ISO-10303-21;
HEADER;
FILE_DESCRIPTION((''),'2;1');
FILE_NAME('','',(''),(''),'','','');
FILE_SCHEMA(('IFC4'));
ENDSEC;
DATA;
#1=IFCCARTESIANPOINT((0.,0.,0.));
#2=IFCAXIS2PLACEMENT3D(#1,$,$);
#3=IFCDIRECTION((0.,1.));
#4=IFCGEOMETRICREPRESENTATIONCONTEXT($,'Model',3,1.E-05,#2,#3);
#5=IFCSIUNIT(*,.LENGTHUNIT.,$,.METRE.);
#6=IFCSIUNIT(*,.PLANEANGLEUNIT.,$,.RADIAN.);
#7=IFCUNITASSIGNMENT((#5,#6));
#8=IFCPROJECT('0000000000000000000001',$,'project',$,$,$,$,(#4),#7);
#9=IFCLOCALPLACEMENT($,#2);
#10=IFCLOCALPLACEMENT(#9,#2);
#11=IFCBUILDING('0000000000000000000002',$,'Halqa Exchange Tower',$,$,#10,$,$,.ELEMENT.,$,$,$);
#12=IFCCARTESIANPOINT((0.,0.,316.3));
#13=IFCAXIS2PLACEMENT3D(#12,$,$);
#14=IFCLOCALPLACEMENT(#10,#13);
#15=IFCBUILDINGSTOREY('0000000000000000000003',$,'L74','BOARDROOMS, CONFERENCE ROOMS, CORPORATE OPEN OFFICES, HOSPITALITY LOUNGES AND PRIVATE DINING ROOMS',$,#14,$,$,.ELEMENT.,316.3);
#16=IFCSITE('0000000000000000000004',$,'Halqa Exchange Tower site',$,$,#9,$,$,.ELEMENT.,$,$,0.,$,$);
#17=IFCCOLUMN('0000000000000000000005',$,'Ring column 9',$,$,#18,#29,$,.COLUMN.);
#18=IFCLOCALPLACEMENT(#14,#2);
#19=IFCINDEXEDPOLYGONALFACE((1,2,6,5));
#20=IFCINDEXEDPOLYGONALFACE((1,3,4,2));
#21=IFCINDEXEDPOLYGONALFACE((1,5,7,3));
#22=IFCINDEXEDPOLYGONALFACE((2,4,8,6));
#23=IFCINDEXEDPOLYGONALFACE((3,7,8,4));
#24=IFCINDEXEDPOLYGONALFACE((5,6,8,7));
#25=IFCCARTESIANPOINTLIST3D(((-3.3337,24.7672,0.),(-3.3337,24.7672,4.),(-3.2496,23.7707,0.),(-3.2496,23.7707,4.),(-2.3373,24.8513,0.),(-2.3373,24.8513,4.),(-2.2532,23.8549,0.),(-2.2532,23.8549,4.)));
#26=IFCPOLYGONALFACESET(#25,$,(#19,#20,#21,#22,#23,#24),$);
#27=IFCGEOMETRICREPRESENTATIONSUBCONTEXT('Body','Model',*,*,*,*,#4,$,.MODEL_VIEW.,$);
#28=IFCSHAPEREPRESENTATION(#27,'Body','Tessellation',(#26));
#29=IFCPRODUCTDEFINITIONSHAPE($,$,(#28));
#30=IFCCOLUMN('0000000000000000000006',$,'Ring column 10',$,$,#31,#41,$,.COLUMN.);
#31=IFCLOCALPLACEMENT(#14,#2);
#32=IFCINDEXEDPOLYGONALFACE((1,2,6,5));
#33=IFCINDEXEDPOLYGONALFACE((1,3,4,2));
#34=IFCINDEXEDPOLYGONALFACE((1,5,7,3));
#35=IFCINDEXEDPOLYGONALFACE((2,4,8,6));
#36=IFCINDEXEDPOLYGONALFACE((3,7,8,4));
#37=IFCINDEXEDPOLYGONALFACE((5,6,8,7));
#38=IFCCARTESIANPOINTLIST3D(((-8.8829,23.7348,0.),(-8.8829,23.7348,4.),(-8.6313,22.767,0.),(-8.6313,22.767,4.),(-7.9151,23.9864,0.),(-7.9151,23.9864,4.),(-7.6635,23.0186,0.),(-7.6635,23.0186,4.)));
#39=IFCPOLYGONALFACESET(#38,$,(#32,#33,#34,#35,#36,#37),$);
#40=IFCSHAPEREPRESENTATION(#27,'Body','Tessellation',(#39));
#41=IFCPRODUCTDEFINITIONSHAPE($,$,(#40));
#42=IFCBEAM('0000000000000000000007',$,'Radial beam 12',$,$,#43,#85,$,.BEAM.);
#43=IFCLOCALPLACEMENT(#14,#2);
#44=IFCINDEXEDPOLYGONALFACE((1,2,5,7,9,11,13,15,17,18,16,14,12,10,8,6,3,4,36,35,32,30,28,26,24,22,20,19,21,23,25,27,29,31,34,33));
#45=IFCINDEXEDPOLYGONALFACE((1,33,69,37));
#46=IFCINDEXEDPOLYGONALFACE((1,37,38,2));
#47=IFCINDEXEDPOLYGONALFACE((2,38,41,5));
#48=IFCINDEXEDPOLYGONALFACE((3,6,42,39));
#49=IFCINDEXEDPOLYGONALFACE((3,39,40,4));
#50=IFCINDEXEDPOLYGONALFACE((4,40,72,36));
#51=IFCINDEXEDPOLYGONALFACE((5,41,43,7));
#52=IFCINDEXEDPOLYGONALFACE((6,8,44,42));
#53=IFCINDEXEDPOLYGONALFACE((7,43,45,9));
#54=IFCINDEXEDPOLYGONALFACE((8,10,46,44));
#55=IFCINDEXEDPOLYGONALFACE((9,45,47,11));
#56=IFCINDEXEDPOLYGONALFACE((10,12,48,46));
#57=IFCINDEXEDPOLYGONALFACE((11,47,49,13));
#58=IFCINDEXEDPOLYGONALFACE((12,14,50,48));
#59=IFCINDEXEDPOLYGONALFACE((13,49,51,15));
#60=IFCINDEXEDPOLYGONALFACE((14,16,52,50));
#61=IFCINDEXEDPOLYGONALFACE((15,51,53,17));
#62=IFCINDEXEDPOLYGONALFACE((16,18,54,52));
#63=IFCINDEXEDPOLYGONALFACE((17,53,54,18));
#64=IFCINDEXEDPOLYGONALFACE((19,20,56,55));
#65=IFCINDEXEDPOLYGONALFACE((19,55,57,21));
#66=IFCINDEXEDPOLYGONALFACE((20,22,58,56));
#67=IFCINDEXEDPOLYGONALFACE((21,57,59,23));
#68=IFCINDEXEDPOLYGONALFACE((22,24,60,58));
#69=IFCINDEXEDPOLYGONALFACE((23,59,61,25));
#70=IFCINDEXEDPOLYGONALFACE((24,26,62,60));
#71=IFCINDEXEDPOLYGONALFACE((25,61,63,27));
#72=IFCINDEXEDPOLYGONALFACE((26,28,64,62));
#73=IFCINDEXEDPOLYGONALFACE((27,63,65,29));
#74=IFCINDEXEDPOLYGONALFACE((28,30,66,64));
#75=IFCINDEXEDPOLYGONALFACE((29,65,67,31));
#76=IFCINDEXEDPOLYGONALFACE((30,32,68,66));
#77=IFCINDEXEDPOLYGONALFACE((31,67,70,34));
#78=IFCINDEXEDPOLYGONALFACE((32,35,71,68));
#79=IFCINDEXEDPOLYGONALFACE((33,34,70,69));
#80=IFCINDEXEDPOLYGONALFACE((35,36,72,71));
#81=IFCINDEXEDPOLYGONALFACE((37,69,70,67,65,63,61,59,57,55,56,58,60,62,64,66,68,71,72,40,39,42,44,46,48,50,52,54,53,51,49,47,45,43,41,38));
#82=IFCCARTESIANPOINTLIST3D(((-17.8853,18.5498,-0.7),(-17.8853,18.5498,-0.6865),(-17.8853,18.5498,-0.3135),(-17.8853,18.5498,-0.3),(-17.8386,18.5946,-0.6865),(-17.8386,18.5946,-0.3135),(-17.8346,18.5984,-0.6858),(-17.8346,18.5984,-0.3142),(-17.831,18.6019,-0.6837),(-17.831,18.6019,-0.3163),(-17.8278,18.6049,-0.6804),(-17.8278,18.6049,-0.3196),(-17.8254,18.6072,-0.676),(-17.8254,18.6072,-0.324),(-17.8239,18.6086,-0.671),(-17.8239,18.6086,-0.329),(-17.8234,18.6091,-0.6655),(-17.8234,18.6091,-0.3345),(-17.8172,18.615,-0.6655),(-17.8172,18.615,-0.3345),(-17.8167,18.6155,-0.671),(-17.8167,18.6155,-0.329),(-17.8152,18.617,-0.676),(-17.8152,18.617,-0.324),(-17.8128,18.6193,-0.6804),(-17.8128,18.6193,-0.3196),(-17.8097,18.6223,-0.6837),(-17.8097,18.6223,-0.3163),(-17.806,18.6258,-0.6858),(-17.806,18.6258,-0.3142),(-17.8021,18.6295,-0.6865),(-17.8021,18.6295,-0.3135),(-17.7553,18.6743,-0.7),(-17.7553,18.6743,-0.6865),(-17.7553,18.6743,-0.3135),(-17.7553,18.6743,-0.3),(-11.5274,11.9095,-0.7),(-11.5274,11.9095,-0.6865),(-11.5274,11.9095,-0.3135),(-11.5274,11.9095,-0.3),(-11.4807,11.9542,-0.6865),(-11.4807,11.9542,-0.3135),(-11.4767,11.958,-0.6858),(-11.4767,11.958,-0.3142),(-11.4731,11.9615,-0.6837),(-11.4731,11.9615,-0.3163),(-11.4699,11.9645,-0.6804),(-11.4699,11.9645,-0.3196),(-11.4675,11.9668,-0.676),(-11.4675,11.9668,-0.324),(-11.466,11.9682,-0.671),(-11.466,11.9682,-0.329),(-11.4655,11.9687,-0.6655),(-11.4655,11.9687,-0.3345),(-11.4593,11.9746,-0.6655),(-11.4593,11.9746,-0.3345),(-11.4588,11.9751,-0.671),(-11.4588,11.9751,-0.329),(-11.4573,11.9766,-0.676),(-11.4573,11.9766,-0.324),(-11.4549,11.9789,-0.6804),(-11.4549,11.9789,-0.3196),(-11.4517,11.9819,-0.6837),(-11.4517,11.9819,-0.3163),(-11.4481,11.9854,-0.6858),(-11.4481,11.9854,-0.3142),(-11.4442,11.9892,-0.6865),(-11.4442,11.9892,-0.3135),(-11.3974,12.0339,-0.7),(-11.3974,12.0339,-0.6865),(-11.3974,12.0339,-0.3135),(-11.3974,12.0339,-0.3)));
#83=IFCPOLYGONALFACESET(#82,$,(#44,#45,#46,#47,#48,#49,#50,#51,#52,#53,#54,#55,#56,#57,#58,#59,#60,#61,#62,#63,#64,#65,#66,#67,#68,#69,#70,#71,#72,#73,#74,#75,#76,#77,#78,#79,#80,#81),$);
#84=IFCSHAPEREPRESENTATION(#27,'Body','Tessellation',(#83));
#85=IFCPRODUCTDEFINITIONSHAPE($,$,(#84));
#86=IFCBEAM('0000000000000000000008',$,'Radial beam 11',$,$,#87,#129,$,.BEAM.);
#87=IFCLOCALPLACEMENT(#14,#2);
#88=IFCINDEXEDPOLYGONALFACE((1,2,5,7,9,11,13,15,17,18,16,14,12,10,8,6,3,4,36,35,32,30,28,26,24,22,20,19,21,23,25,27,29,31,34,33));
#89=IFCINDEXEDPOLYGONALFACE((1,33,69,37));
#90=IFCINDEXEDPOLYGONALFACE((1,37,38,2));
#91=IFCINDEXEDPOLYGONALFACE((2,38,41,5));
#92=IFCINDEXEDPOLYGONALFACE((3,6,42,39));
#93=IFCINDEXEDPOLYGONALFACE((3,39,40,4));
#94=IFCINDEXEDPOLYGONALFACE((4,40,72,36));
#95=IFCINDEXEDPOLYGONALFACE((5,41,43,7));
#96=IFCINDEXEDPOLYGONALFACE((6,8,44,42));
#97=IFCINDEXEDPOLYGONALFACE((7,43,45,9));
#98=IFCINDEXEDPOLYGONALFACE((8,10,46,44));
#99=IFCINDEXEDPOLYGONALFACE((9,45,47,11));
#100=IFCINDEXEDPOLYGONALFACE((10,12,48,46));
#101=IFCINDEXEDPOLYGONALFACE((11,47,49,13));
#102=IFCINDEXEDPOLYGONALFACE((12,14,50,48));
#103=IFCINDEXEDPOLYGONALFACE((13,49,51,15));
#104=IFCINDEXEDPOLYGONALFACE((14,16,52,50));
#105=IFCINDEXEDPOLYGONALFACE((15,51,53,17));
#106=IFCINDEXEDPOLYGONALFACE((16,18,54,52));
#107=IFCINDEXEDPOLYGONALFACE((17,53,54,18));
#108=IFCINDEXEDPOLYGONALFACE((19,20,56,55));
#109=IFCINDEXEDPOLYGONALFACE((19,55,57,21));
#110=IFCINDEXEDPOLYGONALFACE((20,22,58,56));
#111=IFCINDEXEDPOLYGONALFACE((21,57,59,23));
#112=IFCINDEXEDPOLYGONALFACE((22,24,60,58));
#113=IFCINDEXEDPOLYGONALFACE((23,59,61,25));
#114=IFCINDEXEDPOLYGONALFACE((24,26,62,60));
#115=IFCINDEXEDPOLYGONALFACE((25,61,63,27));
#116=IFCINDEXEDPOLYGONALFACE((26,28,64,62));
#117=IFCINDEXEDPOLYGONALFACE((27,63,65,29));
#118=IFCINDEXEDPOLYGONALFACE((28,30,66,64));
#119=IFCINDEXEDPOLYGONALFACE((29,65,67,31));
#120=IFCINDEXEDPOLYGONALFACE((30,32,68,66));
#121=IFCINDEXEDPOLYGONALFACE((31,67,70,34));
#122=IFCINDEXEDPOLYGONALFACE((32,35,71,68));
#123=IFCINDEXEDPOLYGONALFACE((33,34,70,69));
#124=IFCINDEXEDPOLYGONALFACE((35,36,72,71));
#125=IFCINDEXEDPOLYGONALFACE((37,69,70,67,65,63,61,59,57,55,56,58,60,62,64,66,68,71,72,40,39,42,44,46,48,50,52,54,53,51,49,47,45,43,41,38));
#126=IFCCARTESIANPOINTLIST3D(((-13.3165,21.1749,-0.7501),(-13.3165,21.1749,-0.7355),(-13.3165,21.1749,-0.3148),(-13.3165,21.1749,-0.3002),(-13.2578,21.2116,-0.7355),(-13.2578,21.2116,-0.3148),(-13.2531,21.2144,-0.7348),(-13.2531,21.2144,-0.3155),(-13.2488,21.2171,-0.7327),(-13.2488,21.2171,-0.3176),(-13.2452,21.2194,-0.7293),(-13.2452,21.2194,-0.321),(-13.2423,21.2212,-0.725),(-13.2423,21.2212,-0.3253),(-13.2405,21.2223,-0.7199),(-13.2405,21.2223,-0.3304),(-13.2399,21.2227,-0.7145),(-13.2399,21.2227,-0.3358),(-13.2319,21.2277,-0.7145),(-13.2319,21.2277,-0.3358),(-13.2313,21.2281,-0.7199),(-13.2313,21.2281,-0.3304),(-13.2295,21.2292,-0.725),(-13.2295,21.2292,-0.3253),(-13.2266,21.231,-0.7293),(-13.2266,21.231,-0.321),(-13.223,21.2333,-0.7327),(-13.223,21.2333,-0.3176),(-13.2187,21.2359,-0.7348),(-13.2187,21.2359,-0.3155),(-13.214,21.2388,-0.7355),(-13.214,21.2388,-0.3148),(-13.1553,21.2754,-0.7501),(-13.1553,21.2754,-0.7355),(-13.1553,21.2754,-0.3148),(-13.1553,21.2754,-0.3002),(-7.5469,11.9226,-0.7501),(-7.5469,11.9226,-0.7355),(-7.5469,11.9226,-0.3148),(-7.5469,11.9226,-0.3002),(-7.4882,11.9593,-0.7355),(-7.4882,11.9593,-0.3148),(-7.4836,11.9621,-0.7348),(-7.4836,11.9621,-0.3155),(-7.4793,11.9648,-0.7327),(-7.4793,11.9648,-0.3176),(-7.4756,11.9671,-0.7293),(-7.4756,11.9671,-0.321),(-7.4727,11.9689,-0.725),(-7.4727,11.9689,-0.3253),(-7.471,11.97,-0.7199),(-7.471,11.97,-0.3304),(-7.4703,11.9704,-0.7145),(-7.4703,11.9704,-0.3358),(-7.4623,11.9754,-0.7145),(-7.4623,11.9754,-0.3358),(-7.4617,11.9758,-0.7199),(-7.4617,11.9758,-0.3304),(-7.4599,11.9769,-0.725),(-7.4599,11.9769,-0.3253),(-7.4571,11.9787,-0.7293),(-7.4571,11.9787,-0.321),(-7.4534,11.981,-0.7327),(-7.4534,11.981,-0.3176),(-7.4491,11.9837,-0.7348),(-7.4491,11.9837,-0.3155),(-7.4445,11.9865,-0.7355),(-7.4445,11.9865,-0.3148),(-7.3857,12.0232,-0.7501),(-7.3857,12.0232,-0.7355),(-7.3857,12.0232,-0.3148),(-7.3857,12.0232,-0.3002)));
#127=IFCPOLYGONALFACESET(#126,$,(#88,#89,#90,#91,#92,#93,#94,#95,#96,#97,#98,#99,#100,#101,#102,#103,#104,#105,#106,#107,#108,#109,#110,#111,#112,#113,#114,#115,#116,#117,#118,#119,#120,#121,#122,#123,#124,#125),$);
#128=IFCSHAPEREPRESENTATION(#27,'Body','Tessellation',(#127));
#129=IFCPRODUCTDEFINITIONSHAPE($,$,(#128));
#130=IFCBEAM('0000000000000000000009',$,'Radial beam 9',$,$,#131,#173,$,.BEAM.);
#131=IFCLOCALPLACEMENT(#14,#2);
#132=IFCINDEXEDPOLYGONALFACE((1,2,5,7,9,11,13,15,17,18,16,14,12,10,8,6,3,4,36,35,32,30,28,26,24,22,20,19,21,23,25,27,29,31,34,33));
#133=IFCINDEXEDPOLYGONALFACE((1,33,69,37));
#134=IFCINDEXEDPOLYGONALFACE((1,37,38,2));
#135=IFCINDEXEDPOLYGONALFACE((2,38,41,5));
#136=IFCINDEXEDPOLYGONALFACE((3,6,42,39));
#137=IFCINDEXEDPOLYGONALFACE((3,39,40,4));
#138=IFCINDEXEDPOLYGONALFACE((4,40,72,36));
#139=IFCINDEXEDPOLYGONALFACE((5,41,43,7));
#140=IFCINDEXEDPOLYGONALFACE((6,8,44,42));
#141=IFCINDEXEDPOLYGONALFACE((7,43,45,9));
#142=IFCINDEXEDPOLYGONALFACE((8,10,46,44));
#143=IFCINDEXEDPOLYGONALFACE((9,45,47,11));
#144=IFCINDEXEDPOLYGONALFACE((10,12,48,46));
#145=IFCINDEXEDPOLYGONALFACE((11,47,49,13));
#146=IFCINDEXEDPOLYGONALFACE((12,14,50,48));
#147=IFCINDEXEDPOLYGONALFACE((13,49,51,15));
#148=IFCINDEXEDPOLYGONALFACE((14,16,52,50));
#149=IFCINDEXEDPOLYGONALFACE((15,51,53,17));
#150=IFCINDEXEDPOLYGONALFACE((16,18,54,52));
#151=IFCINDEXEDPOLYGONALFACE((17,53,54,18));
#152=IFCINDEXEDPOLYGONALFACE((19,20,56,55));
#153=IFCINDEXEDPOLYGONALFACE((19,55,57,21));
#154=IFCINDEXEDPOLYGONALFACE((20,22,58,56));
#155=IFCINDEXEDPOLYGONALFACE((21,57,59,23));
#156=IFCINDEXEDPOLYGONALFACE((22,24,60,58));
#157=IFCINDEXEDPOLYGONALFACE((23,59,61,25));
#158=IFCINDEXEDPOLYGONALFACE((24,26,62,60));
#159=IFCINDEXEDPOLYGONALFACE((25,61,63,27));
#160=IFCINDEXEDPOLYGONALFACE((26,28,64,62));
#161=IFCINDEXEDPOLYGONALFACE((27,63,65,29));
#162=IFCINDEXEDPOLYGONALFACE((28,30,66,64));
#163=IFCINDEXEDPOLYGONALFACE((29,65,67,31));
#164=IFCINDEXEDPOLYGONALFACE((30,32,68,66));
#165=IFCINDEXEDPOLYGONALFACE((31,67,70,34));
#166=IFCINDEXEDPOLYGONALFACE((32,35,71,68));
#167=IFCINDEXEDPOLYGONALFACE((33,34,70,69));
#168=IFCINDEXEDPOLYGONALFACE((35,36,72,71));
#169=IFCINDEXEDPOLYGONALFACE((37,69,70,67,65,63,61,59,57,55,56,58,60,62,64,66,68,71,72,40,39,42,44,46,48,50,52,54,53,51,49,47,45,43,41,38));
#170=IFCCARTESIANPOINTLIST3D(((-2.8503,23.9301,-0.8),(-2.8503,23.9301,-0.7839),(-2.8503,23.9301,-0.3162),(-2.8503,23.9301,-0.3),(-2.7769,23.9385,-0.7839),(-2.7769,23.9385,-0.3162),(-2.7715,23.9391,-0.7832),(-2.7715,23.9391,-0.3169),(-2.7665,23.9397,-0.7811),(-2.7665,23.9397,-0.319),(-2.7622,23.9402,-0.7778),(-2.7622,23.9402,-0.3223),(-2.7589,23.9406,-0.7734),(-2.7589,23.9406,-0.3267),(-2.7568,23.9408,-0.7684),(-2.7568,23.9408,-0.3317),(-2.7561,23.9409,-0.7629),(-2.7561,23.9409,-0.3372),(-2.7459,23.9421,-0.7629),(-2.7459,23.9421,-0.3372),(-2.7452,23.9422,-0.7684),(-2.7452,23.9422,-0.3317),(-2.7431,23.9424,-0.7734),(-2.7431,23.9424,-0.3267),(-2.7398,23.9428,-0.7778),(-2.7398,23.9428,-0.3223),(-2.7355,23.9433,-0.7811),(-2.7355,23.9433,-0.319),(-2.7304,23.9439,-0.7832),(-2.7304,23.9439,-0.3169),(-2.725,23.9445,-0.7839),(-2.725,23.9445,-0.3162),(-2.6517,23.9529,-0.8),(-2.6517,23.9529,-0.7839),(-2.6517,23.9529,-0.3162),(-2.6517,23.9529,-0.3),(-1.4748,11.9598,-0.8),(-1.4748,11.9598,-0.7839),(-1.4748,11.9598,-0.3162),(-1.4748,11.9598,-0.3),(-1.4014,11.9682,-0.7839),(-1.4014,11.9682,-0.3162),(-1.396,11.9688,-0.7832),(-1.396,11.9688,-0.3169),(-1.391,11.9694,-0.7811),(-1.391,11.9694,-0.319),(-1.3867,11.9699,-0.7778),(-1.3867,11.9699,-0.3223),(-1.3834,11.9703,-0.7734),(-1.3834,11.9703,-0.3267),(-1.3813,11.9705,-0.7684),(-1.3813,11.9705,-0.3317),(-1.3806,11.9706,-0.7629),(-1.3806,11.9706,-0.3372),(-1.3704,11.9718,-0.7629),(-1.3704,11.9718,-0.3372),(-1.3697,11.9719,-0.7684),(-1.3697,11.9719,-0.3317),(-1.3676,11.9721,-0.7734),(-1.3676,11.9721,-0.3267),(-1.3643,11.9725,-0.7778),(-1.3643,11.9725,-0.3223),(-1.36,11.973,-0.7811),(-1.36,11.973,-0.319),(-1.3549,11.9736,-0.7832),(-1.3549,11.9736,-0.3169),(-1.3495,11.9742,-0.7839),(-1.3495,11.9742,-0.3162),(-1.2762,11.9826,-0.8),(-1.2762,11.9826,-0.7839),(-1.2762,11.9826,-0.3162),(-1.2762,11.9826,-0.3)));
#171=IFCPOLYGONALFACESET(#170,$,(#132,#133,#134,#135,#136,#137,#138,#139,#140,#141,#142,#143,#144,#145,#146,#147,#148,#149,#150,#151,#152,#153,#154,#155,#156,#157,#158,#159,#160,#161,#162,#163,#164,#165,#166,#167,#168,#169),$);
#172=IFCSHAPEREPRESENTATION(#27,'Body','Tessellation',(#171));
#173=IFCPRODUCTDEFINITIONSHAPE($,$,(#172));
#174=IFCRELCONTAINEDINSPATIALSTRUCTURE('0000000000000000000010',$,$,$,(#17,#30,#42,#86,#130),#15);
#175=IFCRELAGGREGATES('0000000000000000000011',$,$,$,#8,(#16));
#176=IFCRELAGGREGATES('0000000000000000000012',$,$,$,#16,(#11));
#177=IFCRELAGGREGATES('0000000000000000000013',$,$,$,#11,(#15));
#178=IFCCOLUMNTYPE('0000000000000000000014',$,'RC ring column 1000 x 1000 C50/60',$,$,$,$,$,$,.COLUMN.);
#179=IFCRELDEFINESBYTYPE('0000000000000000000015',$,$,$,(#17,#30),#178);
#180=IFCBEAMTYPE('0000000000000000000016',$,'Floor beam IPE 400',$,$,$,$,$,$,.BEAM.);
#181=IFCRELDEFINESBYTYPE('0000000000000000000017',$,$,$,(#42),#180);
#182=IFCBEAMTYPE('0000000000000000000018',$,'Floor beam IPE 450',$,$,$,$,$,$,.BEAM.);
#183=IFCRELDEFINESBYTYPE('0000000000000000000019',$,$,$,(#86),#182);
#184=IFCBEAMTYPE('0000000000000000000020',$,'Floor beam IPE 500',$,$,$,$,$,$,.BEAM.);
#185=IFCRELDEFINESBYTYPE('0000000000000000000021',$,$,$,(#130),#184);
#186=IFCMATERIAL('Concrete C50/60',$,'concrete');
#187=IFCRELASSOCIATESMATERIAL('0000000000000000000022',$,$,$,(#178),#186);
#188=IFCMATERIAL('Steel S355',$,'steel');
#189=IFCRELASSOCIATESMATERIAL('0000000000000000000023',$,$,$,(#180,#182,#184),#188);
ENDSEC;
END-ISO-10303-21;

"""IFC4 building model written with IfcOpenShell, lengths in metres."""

from ifc_helpers import new_model, si_unit, direction, frame, origin, origin_2d, place, context, subcontext, project, spatial, rectangle, i_section, extrude, material, material_profile, profile_set, type_object, element, save


model = new_model("IFC4")

# Units and contexts
model_context = context("Model", 3, precision=1e-05, world=origin(), true_north=direction((0.0, 1.0)))
body_context = subcontext(model_context, "Body", "Model", "MODEL_VIEW")
ifc_project = project(units=[si_unit("LENGTHUNIT", "METRE"), si_unit("PLANEANGLEUNIT", "RADIAN")], contexts=[model_context])

# Site, building, storey
site_placement = place(None, origin())
site = spatial("IfcSite", under=ifc_project, at=site_placement, Name="Halqa Exchange Tower site", CompositionType="ELEMENT", RefElevation=0.0)
building_placement = place(site_placement, origin())
building = spatial("IfcBuilding", under=site, at=building_placement, Name="Halqa Exchange Tower", CompositionType="ELEMENT")
storey_placement = place(building_placement, frame((0.0, 0.0, 316.3)))
storey = spatial("IfcBuildingStorey", under=building, at=storey_placement, Name="L74", Description="BOARDROOMS, CONFERENCE ROOMS, CORPORATE OPEN OFFICES, HOSPITALITY LOUNGES AND PRIVATE DINING ROOMS", CompositionType="ELEMENT", Elevation=316.3)

# Columns
ifc_material_1 = material(Name="Concrete C50/60", Category="concrete")
ifc_material_profile_1 = material_profile(ifc_material_1, rectangle(XDim=1.0, YDim=1.0, at=origin_2d()), Name="1000 x 1000")
ifc_profile_set_1 = profile_set([ifc_material_profile_1], Name="Concrete C50/60")
column_type = type_object("IfcColumnType", Name="RC ring column 1000 x 1000 C50/60", PredefinedType="COLUMN", material=ifc_profile_set_1)
for number, where, z_axis, x_axis, name in (
    (1, (-2.7935, 24.311, 0.0), (0.0, 0.0, 1.0), (-0.996455, -0.084127, 0.0), "Ring column 9"),
    (2, (-8.2732, 23.3767, 0.0), (0.0, 0.0, 1.0), (-0.967819, -0.251647, 0.0), "Ring column 10"),
):
    element("IfcColumn", number, at=place(storey_placement, frame(where, z_axis=z_axis, x_axis=x_axis)), inside=storey, type_object=column_type, Name=name, PredefinedType="COLUMN", context=body_context, shape_type="SweptSolid", body=[
        extrude(rectangle(XDim=1.0, YDim=1.0, at=origin_2d()), origin(), (0.0, 0.0, 1.0), 4.0),
    ])

# Beams
ifc_material_2 = material(Name="Steel S355", Category="steel")
ifc_material_profile_2 = material_profile(ifc_material_2, i_section(OverallWidth=0.1799, OverallDepth=0.3999, WebThickness=0.0085, FlangeThickness=0.0134, FilletRadius=0.021, at=origin_2d()), Name="IPE 400")
ifc_profile_set_2 = profile_set([ifc_material_profile_2], Name="Steel S355")
beam_type_1 = type_object("IfcBeamType", Name="Floor beam IPE 400", PredefinedType="BEAM", material=ifc_profile_set_2)
beam_1_placement = place(storey_placement, frame((-11.4624, 11.9717, -0.5), z_axis=(-0.691577, 0.722303, 0.0), x_axis=(-0.722303, -0.691577, 0.0)))
element("IfcBeam", 3, at=beam_1_placement, inside=storey, type_object=beam_type_1, Name="Radial beam 12", PredefinedType="BEAM", context=body_context, shape_type="SweptSolid", body=[
    extrude(i_section(OverallWidth=0.1799, OverallDepth=0.3999, WebThickness=0.0085, FlangeThickness=0.0134, FilletRadius=0.021, at=origin_2d()), origin(), (0.0, 0.0, 1.0), 9.1934),
])
ifc_material_profile_3 = material_profile(ifc_material_2, i_section(OverallWidth=0.1899, OverallDepth=0.45, WebThickness=0.0095, FlangeThickness=0.0146, FilletRadius=0.021, at=origin_2d()), Name="IPE 450")
ifc_profile_set_3 = profile_set([ifc_material_profile_3], Name="Steel S355")
beam_type_2 = type_object("IfcBeamType", Name="Floor beam IPE 450", PredefinedType="BEAM", material=ifc_profile_set_3)
beam_2_placement = place(storey_placement, frame((-7.4663, 11.9729, -0.5251), z_axis=(-0.529135, 0.848538, 0.0), x_axis=(-0.848538, -0.529135, 0.0)))
element("IfcBeam", 4, at=beam_2_placement, inside=storey, type_object=beam_type_2, Name="Radial beam 11", PredefinedType="BEAM", context=body_context, shape_type="SweptSolid", body=[
    extrude(i_section(OverallWidth=0.1899, OverallDepth=0.45, WebThickness=0.0095, FlangeThickness=0.0146, FilletRadius=0.021, at=origin_2d()), origin(), (0.0, 0.0, 1.0), 10.9038),
])
ifc_material_profile_4 = material_profile(ifc_material_2, i_section(OverallWidth=0.2, OverallDepth=0.5, WebThickness=0.0103, FlangeThickness=0.0161, FilletRadius=0.021, at=origin_2d()), Name="IPE 500")
ifc_profile_set_4 = profile_set([ifc_material_profile_4], Name="Steel S355")
beam_type_3 = type_object("IfcBeamType", Name="Floor beam IPE 500", PredefinedType="BEAM", material=ifc_profile_set_4)
beam_3_placement = place(storey_placement, frame((-1.3755, 11.9712, -0.55), z_axis=(-0.114158, 0.993463, 0.0), x_axis=(-0.993463, -0.114158, 0.0)))
element("IfcBeam", 5, at=beam_3_placement, inside=storey, type_object=beam_type_3, Name="Radial beam 9", PredefinedType="BEAM", context=body_context, shape_type="SweptSolid", body=[
    extrude(i_section(OverallWidth=0.2, OverallDepth=0.5, WebThickness=0.0103, FlangeThickness=0.0161, FilletRadius=0.021, at=origin_2d()), origin(), (0.0, 0.0, 1.0), 12.0491),
])

save(model, "model.ifc")
